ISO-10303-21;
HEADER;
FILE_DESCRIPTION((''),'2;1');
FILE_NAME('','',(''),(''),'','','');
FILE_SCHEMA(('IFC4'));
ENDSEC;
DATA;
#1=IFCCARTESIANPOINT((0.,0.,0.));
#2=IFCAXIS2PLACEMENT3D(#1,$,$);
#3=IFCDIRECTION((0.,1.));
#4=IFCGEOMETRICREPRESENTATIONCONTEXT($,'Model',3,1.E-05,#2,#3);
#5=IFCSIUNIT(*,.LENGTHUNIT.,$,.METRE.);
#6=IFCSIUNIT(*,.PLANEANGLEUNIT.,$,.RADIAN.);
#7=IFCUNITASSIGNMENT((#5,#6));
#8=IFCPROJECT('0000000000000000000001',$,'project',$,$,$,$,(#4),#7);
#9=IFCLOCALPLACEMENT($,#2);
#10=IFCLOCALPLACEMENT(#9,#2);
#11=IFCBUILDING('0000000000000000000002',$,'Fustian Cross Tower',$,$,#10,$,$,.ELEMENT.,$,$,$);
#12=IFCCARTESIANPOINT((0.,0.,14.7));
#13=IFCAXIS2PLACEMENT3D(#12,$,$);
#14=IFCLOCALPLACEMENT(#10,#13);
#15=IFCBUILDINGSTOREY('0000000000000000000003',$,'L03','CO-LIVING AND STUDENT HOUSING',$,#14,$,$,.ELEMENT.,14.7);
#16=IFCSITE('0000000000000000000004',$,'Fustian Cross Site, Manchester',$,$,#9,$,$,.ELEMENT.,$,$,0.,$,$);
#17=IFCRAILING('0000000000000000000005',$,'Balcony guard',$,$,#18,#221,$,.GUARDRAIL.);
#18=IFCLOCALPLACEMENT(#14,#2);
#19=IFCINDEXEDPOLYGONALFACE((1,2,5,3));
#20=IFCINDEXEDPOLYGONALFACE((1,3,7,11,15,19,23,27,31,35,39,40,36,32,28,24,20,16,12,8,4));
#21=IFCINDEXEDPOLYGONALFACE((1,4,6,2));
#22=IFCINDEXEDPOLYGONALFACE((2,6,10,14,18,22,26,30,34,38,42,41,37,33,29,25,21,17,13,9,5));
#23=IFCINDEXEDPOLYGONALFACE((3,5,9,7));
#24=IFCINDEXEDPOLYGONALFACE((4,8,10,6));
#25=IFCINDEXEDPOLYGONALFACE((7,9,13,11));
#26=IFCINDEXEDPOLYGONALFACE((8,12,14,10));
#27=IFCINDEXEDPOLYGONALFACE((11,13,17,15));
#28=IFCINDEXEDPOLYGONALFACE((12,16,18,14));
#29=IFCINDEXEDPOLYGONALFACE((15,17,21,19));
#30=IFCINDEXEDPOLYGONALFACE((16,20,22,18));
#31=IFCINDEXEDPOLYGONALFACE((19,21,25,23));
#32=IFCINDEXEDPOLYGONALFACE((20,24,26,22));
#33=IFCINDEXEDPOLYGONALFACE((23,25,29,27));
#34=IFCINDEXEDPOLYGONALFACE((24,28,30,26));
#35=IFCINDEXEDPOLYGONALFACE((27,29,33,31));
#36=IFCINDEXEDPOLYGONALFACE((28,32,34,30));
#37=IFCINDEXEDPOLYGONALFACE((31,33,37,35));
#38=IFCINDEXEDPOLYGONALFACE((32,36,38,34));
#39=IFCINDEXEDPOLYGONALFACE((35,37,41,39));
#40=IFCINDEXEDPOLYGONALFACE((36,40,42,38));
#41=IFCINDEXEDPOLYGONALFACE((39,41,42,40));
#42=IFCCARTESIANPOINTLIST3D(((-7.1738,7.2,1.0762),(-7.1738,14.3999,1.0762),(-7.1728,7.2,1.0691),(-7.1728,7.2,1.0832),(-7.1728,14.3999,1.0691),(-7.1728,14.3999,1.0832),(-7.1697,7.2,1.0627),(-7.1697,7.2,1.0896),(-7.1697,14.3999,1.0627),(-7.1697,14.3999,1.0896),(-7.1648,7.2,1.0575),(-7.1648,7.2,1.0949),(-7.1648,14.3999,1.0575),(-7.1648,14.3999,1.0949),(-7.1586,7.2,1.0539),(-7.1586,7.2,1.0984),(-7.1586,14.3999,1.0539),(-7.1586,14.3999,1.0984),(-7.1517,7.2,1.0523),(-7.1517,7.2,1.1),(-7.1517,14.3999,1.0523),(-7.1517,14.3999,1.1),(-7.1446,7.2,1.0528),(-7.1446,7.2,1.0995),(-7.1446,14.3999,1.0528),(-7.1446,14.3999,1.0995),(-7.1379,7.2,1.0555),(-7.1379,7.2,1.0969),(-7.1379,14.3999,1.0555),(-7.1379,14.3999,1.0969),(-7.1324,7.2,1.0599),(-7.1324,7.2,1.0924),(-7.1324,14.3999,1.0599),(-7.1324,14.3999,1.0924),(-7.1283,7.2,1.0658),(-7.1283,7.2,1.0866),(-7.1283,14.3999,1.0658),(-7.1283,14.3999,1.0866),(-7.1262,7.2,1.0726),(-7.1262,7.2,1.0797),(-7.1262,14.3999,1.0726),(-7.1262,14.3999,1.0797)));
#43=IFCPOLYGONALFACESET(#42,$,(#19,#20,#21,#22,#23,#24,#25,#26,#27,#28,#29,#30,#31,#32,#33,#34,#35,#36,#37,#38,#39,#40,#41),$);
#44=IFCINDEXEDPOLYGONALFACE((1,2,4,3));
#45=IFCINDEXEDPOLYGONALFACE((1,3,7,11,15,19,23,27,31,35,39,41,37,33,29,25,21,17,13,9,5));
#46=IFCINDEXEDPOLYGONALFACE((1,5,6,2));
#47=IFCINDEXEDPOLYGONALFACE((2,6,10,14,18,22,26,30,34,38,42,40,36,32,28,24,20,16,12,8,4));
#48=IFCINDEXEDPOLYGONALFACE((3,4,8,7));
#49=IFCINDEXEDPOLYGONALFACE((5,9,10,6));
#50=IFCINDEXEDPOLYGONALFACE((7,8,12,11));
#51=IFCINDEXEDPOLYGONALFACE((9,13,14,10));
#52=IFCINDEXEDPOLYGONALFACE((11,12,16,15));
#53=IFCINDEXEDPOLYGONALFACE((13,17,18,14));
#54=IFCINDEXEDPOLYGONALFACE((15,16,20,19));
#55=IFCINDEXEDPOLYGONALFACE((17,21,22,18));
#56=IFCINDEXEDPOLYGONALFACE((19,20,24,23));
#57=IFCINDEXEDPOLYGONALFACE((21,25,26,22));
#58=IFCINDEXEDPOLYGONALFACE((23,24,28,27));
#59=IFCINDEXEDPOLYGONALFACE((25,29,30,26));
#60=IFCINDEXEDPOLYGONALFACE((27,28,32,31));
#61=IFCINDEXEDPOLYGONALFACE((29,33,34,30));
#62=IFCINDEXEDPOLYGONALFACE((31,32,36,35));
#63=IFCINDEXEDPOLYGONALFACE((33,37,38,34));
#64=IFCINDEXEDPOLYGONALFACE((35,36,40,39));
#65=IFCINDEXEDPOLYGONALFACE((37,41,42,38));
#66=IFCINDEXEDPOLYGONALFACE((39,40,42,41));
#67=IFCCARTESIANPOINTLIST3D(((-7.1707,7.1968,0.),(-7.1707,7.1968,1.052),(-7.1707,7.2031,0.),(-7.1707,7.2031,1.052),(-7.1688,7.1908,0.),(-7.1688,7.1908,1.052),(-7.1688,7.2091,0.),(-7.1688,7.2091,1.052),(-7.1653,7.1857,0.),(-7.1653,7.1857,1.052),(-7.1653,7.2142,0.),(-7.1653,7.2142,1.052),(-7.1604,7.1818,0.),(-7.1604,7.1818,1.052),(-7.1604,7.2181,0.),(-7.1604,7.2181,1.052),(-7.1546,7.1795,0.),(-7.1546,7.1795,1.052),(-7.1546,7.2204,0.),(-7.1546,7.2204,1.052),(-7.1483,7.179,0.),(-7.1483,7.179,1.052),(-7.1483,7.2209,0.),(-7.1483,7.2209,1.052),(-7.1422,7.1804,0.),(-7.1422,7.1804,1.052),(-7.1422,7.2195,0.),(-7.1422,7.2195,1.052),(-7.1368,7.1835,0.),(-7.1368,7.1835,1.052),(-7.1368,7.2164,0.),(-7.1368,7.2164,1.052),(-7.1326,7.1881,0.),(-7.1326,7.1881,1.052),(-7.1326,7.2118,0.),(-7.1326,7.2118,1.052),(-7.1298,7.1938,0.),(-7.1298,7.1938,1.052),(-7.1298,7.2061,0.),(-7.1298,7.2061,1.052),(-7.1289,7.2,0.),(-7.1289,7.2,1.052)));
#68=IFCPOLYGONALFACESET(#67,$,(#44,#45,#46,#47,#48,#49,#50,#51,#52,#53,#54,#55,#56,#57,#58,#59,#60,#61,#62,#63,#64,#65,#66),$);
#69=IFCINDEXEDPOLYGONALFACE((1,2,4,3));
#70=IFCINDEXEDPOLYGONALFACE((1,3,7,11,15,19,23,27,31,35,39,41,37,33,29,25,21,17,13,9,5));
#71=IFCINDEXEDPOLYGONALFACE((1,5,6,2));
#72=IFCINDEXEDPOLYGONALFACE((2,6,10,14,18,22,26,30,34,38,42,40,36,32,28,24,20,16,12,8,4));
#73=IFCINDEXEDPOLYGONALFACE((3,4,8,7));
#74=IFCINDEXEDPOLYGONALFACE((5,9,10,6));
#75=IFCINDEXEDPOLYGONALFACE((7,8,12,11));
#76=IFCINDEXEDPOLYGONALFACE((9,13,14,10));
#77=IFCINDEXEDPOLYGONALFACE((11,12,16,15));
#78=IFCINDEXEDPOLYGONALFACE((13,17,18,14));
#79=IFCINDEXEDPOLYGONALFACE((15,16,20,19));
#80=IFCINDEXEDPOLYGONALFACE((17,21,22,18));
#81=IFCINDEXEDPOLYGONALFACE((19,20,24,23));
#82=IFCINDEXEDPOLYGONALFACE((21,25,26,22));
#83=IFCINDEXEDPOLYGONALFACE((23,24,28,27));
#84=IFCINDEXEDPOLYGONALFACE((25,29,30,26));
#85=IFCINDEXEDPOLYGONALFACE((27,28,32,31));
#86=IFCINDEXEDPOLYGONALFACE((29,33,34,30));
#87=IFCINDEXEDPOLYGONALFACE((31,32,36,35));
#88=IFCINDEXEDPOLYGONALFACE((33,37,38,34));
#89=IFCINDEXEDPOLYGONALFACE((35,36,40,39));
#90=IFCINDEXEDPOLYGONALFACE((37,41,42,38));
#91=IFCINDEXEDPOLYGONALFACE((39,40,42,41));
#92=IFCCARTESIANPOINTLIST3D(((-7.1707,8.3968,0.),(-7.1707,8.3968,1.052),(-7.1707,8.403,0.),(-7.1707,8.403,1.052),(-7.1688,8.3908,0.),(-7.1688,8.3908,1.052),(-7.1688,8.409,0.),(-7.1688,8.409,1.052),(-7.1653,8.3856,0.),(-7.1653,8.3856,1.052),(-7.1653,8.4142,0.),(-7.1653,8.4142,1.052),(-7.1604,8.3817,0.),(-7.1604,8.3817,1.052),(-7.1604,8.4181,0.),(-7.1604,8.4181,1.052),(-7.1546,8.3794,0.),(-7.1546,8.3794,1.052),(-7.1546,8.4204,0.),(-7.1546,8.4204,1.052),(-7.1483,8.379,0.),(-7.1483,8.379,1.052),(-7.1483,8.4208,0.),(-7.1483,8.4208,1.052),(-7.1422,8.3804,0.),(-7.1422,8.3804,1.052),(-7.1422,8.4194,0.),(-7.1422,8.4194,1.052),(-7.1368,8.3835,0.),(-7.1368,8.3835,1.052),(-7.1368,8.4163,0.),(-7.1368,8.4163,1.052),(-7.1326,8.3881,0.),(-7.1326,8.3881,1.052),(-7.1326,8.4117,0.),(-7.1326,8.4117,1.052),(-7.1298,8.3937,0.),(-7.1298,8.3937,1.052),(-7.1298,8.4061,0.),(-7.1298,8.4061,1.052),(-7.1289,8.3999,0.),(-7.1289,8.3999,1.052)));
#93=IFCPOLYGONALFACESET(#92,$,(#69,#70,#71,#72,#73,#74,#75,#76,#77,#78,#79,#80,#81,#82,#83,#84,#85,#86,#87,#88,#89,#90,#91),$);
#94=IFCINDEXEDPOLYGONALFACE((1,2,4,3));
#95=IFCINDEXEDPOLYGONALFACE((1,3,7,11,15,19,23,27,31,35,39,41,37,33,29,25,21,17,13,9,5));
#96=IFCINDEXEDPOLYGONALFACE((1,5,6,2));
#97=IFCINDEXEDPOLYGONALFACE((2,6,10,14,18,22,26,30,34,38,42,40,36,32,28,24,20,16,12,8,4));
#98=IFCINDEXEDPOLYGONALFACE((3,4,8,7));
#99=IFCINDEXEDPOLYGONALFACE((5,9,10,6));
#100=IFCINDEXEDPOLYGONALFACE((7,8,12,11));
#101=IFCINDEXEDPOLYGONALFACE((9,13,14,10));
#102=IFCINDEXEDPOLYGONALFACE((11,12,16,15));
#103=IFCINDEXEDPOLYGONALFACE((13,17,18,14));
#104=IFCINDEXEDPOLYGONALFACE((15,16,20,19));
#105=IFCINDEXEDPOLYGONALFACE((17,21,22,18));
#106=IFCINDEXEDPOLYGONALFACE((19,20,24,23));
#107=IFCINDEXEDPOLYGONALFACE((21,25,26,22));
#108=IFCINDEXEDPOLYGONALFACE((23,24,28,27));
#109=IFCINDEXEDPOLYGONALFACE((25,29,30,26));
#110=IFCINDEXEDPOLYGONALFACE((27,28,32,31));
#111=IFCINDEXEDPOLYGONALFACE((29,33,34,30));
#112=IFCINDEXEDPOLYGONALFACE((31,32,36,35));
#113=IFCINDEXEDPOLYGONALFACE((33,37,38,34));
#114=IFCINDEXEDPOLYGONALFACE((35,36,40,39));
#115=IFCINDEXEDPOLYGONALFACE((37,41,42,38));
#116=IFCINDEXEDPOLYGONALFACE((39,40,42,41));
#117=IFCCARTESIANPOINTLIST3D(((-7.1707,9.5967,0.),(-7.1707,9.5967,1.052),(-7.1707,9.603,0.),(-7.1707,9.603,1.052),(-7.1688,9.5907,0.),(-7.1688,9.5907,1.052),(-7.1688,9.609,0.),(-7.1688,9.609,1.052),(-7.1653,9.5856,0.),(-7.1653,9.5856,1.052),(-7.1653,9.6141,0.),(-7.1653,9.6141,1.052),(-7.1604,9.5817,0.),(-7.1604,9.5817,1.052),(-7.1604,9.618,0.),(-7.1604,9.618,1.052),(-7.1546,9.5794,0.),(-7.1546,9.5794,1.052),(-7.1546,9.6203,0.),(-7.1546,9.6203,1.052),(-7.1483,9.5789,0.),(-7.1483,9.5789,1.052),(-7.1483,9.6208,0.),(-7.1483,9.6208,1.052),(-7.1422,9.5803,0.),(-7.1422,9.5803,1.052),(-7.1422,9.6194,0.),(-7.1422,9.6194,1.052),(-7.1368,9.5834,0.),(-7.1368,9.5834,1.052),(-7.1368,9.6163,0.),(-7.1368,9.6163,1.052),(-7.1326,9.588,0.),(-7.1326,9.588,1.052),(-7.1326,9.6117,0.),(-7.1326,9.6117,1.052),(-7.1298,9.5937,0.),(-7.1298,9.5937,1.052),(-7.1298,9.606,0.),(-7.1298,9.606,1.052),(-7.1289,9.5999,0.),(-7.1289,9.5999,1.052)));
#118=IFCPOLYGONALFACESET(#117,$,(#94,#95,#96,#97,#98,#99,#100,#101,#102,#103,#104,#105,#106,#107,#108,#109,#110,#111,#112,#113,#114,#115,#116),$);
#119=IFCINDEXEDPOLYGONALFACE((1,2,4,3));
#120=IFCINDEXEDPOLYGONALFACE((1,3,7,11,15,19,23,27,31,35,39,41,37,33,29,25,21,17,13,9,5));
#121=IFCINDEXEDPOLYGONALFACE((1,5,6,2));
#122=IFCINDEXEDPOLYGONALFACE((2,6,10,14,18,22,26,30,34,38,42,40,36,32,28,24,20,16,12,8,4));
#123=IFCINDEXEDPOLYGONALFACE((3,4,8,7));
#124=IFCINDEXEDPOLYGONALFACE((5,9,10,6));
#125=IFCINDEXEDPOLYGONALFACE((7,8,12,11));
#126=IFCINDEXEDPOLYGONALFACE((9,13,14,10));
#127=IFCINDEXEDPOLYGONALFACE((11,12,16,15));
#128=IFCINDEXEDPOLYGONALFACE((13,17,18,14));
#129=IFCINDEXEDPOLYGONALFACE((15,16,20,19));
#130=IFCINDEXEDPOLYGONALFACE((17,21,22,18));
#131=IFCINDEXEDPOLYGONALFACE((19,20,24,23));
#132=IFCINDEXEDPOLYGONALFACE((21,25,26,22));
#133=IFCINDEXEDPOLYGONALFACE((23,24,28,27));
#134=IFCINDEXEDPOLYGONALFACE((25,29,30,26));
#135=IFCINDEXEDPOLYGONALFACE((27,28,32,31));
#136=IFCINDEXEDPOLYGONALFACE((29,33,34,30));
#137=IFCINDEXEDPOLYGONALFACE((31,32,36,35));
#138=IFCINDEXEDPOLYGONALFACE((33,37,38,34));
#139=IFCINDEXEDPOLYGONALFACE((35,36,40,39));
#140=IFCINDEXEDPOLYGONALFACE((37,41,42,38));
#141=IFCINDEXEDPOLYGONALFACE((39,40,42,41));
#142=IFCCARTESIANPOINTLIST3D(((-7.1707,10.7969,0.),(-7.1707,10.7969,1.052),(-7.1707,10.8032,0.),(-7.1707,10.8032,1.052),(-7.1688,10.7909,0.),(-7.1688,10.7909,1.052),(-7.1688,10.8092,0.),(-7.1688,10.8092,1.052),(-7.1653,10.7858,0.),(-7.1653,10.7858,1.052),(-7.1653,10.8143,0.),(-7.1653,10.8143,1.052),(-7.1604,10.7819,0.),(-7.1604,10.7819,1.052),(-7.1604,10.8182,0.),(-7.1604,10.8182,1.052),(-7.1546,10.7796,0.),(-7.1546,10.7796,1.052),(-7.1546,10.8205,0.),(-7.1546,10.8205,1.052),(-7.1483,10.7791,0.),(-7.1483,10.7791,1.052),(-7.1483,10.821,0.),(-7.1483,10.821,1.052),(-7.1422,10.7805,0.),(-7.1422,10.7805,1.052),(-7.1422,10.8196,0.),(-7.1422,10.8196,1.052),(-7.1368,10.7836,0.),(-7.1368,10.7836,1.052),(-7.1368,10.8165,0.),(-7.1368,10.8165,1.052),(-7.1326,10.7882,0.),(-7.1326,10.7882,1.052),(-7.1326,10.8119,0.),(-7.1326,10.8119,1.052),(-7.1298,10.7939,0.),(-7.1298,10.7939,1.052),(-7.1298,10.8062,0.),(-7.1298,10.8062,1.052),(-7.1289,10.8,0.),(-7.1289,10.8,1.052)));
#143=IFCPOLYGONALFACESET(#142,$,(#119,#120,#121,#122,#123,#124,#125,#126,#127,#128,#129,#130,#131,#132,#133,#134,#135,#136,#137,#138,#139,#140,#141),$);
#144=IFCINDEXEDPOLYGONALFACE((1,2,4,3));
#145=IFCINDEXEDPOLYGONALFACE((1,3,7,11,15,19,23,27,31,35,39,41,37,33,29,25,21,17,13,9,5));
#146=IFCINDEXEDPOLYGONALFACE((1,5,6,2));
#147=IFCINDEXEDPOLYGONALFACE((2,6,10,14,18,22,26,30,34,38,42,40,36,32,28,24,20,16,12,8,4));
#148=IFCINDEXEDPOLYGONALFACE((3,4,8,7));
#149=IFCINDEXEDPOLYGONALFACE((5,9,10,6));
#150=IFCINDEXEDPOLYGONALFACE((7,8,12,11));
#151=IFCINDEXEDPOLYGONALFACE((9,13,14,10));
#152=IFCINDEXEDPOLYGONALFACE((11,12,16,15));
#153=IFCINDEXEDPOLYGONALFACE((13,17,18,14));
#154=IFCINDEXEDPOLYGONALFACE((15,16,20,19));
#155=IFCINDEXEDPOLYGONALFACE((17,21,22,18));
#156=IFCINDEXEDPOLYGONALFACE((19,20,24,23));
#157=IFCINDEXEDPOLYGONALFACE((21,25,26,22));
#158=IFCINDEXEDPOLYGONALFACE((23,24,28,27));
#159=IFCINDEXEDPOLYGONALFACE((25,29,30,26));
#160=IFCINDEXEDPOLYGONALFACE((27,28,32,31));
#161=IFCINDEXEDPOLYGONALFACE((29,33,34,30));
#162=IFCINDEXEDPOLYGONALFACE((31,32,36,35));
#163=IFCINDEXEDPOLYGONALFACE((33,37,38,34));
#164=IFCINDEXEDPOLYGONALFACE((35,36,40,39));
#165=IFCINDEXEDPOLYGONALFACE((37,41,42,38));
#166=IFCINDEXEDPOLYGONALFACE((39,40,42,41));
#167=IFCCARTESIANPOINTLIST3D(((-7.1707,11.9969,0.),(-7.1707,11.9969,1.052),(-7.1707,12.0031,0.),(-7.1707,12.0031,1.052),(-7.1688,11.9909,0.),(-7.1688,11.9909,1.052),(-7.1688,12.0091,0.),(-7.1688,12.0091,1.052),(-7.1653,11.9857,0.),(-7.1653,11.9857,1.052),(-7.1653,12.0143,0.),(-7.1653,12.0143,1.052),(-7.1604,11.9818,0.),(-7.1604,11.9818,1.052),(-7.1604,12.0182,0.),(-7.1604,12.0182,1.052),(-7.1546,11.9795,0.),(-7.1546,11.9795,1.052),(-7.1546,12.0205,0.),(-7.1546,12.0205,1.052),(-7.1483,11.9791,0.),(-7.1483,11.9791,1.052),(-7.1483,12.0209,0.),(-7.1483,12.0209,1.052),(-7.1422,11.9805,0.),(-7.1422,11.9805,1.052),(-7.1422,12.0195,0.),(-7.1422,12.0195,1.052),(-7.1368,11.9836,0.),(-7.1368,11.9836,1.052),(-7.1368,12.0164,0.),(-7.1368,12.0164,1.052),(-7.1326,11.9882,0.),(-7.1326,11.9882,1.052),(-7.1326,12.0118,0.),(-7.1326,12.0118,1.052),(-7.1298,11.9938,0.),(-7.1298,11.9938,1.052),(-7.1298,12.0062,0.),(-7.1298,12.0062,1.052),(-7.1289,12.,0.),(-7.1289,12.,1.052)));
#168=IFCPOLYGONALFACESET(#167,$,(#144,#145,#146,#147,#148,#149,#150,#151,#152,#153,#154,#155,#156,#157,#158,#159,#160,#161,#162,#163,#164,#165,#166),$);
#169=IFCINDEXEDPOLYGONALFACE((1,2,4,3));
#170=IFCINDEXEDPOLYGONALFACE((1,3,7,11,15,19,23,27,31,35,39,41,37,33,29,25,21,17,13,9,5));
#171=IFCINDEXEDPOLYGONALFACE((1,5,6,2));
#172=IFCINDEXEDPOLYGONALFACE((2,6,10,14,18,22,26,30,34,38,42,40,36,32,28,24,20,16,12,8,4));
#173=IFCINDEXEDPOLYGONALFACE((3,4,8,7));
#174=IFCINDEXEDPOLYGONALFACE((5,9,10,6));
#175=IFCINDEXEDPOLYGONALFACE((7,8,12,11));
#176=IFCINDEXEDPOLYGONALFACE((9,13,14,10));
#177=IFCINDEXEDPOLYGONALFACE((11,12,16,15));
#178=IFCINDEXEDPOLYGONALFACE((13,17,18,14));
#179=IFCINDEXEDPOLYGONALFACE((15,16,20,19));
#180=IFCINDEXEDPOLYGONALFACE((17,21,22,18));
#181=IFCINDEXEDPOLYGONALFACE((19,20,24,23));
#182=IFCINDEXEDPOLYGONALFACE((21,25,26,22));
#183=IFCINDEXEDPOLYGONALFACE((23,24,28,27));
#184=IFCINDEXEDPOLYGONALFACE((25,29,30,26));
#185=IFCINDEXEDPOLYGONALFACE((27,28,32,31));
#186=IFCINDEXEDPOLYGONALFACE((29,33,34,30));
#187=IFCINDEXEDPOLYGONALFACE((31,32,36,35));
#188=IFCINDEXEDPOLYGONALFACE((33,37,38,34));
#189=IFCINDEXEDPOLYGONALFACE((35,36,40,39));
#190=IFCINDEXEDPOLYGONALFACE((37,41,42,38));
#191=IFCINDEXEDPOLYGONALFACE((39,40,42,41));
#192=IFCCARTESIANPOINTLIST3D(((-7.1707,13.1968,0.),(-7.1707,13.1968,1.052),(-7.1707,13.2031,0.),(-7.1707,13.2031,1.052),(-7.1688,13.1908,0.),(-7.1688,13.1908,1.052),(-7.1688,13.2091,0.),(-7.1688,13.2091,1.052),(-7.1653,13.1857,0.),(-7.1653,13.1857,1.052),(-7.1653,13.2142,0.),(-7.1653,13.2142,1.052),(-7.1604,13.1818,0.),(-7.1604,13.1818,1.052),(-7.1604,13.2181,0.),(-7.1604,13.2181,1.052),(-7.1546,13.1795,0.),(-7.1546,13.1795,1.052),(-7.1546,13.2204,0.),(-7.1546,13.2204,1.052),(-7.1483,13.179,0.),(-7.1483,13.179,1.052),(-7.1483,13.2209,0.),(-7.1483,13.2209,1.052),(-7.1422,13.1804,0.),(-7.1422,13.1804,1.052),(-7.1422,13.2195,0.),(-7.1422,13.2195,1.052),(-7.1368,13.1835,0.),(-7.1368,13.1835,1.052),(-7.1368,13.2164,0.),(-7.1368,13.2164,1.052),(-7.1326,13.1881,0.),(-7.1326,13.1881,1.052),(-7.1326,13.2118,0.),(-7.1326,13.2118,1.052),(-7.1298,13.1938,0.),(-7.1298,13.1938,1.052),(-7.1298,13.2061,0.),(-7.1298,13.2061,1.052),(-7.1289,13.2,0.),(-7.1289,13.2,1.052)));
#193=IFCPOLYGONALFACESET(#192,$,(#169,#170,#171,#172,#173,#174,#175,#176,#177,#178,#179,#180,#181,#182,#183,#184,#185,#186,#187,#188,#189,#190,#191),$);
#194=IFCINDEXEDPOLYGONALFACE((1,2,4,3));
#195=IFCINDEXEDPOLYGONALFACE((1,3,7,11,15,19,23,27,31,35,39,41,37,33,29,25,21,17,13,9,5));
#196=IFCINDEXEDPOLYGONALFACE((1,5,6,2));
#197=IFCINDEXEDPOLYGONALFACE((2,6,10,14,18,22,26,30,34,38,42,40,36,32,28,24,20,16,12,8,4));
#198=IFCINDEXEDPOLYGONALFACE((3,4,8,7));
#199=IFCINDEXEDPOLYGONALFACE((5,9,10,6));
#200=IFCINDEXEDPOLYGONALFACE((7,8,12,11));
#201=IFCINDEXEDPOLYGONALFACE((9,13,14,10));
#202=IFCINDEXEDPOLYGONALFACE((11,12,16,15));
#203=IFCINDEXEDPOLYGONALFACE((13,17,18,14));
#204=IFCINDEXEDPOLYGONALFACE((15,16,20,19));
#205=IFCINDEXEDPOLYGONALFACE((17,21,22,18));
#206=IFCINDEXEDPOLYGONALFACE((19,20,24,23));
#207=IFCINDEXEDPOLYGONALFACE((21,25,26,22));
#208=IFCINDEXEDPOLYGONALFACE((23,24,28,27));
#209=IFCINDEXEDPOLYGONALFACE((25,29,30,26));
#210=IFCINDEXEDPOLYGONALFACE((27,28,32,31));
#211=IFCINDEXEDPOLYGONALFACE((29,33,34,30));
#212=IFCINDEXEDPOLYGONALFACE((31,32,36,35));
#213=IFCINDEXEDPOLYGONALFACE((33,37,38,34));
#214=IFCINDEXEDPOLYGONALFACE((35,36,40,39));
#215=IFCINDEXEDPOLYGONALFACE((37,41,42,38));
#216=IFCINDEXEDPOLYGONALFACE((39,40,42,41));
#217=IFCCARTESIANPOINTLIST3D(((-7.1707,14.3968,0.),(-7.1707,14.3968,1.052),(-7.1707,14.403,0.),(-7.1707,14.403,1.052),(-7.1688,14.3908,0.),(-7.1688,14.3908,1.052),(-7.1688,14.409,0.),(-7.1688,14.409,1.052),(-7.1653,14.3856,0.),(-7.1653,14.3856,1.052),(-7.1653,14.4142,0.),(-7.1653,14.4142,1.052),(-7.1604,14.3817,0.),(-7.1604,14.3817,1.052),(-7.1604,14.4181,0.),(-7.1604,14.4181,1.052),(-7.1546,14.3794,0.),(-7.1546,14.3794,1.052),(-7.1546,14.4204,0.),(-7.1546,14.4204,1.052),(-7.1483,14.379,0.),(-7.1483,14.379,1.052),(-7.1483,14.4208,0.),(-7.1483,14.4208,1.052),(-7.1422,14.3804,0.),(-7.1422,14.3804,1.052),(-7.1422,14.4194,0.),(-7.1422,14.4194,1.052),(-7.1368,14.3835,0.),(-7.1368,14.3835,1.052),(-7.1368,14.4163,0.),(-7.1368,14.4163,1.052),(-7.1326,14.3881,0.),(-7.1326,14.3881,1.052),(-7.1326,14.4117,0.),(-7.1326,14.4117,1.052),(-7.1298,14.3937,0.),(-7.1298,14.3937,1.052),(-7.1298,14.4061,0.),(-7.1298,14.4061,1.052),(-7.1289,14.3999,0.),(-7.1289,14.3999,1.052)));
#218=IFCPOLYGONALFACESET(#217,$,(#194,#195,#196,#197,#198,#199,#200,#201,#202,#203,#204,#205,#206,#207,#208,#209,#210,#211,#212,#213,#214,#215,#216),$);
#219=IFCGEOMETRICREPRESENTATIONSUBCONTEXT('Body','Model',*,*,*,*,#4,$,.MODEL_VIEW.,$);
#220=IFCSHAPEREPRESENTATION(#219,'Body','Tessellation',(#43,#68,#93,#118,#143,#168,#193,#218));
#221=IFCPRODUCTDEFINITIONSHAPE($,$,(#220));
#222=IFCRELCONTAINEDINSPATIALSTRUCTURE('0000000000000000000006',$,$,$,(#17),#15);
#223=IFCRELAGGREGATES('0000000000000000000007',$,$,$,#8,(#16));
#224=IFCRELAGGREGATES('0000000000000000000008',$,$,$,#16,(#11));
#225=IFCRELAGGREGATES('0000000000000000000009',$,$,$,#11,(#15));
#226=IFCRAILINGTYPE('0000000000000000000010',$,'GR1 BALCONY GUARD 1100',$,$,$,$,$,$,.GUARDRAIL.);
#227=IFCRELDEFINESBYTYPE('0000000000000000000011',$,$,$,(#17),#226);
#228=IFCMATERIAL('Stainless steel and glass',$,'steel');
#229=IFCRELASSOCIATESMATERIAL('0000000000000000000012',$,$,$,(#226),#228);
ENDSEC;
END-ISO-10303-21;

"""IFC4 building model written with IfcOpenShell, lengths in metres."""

from ifc_helpers import new_model, si_unit, direction, frame, origin, origin_2d, place, context, subcontext, project, spatial, circle, extrude, material, type_object, element, save


model = new_model("IFC4")

# Units and contexts
model_context = context("Model", 3, precision=1e-05, world=origin(), true_north=direction((0.0, 1.0)))
body_context = subcontext(model_context, "Body", "Model", "MODEL_VIEW")
ifc_project = project(units=[si_unit("LENGTHUNIT", "METRE"), si_unit("PLANEANGLEUNIT", "RADIAN")], contexts=[model_context])

# Site, building, storey
site_placement = place(None, origin())
site = spatial("IfcSite", under=ifc_project, at=site_placement, Name="Fustian Cross Site, Manchester", CompositionType="ELEMENT", RefElevation=0.0)
building_placement = place(site_placement, origin())
building = spatial("IfcBuilding", under=site, at=building_placement, Name="Fustian Cross Tower", CompositionType="ELEMENT")
storey_placement = place(building_placement, frame((0.0, 0.0, 14.7)))
storey = spatial("IfcBuildingStorey", under=building, at=storey_placement, Name="L03", Description="CO-LIVING AND STUDENT HOUSING", CompositionType="ELEMENT", Elevation=14.7)

# Railing
ifc_material_1 = material(Name="Stainless steel and glass", Category="steel")
railing_type = type_object("IfcRailingType", Name="GR1 BALCONY GUARD 1100", PredefinedType="GUARDRAIL", material=ifc_material_1)
railing_placement = place(storey_placement, frame((-7.1499, 7.2, 0.0)))
element("IfcRailing", 1, at=railing_placement, inside=storey, type_object=railing_type, Name="Balcony guard", PredefinedType="GUARDRAIL", context=body_context, shape_type="SweptSolid", body=[
    extrude(circle(Radius=0.0239, at=origin_2d()), frame((0.0, 0.0, 1.0762), z_axis=(0.0, 1.0, 0.0), x_axis=(-1.0, 0.0, 0.0)), (0.0, 0.0, 1.0), 7.2),
    extrude(circle(Radius=0.021, at=origin_2d()), origin(), (0.0, 0.0, 1.0), 1.052),
    extrude(circle(Radius=0.021, at=origin_2d()), frame((0.0, 1.2, 0.0)), (0.0, 0.0, 1.0), 1.052),
    extrude(circle(Radius=0.021, at=origin_2d()), frame((0.0, 2.3999, 0.0)), (0.0, 0.0, 1.0), 1.052),
    extrude(circle(Radius=0.021, at=origin_2d()), frame((0.0, 3.6001, 0.0)), (0.0, 0.0, 1.0), 1.052),
    extrude(circle(Radius=0.021, at=origin_2d()), frame((0.0, 4.8, 0.0)), (0.0, 0.0, 1.0), 1.052),
    extrude(circle(Radius=0.021, at=origin_2d()), frame((0.0, 6.0, 0.0)), (0.0, 0.0, 1.0), 1.052),
    extrude(circle(Radius=0.021, at=origin_2d()), frame((0.0, 7.2, 0.0)), (0.0, 0.0, 1.0), 1.052),
])

save(model, "model.ifc")
